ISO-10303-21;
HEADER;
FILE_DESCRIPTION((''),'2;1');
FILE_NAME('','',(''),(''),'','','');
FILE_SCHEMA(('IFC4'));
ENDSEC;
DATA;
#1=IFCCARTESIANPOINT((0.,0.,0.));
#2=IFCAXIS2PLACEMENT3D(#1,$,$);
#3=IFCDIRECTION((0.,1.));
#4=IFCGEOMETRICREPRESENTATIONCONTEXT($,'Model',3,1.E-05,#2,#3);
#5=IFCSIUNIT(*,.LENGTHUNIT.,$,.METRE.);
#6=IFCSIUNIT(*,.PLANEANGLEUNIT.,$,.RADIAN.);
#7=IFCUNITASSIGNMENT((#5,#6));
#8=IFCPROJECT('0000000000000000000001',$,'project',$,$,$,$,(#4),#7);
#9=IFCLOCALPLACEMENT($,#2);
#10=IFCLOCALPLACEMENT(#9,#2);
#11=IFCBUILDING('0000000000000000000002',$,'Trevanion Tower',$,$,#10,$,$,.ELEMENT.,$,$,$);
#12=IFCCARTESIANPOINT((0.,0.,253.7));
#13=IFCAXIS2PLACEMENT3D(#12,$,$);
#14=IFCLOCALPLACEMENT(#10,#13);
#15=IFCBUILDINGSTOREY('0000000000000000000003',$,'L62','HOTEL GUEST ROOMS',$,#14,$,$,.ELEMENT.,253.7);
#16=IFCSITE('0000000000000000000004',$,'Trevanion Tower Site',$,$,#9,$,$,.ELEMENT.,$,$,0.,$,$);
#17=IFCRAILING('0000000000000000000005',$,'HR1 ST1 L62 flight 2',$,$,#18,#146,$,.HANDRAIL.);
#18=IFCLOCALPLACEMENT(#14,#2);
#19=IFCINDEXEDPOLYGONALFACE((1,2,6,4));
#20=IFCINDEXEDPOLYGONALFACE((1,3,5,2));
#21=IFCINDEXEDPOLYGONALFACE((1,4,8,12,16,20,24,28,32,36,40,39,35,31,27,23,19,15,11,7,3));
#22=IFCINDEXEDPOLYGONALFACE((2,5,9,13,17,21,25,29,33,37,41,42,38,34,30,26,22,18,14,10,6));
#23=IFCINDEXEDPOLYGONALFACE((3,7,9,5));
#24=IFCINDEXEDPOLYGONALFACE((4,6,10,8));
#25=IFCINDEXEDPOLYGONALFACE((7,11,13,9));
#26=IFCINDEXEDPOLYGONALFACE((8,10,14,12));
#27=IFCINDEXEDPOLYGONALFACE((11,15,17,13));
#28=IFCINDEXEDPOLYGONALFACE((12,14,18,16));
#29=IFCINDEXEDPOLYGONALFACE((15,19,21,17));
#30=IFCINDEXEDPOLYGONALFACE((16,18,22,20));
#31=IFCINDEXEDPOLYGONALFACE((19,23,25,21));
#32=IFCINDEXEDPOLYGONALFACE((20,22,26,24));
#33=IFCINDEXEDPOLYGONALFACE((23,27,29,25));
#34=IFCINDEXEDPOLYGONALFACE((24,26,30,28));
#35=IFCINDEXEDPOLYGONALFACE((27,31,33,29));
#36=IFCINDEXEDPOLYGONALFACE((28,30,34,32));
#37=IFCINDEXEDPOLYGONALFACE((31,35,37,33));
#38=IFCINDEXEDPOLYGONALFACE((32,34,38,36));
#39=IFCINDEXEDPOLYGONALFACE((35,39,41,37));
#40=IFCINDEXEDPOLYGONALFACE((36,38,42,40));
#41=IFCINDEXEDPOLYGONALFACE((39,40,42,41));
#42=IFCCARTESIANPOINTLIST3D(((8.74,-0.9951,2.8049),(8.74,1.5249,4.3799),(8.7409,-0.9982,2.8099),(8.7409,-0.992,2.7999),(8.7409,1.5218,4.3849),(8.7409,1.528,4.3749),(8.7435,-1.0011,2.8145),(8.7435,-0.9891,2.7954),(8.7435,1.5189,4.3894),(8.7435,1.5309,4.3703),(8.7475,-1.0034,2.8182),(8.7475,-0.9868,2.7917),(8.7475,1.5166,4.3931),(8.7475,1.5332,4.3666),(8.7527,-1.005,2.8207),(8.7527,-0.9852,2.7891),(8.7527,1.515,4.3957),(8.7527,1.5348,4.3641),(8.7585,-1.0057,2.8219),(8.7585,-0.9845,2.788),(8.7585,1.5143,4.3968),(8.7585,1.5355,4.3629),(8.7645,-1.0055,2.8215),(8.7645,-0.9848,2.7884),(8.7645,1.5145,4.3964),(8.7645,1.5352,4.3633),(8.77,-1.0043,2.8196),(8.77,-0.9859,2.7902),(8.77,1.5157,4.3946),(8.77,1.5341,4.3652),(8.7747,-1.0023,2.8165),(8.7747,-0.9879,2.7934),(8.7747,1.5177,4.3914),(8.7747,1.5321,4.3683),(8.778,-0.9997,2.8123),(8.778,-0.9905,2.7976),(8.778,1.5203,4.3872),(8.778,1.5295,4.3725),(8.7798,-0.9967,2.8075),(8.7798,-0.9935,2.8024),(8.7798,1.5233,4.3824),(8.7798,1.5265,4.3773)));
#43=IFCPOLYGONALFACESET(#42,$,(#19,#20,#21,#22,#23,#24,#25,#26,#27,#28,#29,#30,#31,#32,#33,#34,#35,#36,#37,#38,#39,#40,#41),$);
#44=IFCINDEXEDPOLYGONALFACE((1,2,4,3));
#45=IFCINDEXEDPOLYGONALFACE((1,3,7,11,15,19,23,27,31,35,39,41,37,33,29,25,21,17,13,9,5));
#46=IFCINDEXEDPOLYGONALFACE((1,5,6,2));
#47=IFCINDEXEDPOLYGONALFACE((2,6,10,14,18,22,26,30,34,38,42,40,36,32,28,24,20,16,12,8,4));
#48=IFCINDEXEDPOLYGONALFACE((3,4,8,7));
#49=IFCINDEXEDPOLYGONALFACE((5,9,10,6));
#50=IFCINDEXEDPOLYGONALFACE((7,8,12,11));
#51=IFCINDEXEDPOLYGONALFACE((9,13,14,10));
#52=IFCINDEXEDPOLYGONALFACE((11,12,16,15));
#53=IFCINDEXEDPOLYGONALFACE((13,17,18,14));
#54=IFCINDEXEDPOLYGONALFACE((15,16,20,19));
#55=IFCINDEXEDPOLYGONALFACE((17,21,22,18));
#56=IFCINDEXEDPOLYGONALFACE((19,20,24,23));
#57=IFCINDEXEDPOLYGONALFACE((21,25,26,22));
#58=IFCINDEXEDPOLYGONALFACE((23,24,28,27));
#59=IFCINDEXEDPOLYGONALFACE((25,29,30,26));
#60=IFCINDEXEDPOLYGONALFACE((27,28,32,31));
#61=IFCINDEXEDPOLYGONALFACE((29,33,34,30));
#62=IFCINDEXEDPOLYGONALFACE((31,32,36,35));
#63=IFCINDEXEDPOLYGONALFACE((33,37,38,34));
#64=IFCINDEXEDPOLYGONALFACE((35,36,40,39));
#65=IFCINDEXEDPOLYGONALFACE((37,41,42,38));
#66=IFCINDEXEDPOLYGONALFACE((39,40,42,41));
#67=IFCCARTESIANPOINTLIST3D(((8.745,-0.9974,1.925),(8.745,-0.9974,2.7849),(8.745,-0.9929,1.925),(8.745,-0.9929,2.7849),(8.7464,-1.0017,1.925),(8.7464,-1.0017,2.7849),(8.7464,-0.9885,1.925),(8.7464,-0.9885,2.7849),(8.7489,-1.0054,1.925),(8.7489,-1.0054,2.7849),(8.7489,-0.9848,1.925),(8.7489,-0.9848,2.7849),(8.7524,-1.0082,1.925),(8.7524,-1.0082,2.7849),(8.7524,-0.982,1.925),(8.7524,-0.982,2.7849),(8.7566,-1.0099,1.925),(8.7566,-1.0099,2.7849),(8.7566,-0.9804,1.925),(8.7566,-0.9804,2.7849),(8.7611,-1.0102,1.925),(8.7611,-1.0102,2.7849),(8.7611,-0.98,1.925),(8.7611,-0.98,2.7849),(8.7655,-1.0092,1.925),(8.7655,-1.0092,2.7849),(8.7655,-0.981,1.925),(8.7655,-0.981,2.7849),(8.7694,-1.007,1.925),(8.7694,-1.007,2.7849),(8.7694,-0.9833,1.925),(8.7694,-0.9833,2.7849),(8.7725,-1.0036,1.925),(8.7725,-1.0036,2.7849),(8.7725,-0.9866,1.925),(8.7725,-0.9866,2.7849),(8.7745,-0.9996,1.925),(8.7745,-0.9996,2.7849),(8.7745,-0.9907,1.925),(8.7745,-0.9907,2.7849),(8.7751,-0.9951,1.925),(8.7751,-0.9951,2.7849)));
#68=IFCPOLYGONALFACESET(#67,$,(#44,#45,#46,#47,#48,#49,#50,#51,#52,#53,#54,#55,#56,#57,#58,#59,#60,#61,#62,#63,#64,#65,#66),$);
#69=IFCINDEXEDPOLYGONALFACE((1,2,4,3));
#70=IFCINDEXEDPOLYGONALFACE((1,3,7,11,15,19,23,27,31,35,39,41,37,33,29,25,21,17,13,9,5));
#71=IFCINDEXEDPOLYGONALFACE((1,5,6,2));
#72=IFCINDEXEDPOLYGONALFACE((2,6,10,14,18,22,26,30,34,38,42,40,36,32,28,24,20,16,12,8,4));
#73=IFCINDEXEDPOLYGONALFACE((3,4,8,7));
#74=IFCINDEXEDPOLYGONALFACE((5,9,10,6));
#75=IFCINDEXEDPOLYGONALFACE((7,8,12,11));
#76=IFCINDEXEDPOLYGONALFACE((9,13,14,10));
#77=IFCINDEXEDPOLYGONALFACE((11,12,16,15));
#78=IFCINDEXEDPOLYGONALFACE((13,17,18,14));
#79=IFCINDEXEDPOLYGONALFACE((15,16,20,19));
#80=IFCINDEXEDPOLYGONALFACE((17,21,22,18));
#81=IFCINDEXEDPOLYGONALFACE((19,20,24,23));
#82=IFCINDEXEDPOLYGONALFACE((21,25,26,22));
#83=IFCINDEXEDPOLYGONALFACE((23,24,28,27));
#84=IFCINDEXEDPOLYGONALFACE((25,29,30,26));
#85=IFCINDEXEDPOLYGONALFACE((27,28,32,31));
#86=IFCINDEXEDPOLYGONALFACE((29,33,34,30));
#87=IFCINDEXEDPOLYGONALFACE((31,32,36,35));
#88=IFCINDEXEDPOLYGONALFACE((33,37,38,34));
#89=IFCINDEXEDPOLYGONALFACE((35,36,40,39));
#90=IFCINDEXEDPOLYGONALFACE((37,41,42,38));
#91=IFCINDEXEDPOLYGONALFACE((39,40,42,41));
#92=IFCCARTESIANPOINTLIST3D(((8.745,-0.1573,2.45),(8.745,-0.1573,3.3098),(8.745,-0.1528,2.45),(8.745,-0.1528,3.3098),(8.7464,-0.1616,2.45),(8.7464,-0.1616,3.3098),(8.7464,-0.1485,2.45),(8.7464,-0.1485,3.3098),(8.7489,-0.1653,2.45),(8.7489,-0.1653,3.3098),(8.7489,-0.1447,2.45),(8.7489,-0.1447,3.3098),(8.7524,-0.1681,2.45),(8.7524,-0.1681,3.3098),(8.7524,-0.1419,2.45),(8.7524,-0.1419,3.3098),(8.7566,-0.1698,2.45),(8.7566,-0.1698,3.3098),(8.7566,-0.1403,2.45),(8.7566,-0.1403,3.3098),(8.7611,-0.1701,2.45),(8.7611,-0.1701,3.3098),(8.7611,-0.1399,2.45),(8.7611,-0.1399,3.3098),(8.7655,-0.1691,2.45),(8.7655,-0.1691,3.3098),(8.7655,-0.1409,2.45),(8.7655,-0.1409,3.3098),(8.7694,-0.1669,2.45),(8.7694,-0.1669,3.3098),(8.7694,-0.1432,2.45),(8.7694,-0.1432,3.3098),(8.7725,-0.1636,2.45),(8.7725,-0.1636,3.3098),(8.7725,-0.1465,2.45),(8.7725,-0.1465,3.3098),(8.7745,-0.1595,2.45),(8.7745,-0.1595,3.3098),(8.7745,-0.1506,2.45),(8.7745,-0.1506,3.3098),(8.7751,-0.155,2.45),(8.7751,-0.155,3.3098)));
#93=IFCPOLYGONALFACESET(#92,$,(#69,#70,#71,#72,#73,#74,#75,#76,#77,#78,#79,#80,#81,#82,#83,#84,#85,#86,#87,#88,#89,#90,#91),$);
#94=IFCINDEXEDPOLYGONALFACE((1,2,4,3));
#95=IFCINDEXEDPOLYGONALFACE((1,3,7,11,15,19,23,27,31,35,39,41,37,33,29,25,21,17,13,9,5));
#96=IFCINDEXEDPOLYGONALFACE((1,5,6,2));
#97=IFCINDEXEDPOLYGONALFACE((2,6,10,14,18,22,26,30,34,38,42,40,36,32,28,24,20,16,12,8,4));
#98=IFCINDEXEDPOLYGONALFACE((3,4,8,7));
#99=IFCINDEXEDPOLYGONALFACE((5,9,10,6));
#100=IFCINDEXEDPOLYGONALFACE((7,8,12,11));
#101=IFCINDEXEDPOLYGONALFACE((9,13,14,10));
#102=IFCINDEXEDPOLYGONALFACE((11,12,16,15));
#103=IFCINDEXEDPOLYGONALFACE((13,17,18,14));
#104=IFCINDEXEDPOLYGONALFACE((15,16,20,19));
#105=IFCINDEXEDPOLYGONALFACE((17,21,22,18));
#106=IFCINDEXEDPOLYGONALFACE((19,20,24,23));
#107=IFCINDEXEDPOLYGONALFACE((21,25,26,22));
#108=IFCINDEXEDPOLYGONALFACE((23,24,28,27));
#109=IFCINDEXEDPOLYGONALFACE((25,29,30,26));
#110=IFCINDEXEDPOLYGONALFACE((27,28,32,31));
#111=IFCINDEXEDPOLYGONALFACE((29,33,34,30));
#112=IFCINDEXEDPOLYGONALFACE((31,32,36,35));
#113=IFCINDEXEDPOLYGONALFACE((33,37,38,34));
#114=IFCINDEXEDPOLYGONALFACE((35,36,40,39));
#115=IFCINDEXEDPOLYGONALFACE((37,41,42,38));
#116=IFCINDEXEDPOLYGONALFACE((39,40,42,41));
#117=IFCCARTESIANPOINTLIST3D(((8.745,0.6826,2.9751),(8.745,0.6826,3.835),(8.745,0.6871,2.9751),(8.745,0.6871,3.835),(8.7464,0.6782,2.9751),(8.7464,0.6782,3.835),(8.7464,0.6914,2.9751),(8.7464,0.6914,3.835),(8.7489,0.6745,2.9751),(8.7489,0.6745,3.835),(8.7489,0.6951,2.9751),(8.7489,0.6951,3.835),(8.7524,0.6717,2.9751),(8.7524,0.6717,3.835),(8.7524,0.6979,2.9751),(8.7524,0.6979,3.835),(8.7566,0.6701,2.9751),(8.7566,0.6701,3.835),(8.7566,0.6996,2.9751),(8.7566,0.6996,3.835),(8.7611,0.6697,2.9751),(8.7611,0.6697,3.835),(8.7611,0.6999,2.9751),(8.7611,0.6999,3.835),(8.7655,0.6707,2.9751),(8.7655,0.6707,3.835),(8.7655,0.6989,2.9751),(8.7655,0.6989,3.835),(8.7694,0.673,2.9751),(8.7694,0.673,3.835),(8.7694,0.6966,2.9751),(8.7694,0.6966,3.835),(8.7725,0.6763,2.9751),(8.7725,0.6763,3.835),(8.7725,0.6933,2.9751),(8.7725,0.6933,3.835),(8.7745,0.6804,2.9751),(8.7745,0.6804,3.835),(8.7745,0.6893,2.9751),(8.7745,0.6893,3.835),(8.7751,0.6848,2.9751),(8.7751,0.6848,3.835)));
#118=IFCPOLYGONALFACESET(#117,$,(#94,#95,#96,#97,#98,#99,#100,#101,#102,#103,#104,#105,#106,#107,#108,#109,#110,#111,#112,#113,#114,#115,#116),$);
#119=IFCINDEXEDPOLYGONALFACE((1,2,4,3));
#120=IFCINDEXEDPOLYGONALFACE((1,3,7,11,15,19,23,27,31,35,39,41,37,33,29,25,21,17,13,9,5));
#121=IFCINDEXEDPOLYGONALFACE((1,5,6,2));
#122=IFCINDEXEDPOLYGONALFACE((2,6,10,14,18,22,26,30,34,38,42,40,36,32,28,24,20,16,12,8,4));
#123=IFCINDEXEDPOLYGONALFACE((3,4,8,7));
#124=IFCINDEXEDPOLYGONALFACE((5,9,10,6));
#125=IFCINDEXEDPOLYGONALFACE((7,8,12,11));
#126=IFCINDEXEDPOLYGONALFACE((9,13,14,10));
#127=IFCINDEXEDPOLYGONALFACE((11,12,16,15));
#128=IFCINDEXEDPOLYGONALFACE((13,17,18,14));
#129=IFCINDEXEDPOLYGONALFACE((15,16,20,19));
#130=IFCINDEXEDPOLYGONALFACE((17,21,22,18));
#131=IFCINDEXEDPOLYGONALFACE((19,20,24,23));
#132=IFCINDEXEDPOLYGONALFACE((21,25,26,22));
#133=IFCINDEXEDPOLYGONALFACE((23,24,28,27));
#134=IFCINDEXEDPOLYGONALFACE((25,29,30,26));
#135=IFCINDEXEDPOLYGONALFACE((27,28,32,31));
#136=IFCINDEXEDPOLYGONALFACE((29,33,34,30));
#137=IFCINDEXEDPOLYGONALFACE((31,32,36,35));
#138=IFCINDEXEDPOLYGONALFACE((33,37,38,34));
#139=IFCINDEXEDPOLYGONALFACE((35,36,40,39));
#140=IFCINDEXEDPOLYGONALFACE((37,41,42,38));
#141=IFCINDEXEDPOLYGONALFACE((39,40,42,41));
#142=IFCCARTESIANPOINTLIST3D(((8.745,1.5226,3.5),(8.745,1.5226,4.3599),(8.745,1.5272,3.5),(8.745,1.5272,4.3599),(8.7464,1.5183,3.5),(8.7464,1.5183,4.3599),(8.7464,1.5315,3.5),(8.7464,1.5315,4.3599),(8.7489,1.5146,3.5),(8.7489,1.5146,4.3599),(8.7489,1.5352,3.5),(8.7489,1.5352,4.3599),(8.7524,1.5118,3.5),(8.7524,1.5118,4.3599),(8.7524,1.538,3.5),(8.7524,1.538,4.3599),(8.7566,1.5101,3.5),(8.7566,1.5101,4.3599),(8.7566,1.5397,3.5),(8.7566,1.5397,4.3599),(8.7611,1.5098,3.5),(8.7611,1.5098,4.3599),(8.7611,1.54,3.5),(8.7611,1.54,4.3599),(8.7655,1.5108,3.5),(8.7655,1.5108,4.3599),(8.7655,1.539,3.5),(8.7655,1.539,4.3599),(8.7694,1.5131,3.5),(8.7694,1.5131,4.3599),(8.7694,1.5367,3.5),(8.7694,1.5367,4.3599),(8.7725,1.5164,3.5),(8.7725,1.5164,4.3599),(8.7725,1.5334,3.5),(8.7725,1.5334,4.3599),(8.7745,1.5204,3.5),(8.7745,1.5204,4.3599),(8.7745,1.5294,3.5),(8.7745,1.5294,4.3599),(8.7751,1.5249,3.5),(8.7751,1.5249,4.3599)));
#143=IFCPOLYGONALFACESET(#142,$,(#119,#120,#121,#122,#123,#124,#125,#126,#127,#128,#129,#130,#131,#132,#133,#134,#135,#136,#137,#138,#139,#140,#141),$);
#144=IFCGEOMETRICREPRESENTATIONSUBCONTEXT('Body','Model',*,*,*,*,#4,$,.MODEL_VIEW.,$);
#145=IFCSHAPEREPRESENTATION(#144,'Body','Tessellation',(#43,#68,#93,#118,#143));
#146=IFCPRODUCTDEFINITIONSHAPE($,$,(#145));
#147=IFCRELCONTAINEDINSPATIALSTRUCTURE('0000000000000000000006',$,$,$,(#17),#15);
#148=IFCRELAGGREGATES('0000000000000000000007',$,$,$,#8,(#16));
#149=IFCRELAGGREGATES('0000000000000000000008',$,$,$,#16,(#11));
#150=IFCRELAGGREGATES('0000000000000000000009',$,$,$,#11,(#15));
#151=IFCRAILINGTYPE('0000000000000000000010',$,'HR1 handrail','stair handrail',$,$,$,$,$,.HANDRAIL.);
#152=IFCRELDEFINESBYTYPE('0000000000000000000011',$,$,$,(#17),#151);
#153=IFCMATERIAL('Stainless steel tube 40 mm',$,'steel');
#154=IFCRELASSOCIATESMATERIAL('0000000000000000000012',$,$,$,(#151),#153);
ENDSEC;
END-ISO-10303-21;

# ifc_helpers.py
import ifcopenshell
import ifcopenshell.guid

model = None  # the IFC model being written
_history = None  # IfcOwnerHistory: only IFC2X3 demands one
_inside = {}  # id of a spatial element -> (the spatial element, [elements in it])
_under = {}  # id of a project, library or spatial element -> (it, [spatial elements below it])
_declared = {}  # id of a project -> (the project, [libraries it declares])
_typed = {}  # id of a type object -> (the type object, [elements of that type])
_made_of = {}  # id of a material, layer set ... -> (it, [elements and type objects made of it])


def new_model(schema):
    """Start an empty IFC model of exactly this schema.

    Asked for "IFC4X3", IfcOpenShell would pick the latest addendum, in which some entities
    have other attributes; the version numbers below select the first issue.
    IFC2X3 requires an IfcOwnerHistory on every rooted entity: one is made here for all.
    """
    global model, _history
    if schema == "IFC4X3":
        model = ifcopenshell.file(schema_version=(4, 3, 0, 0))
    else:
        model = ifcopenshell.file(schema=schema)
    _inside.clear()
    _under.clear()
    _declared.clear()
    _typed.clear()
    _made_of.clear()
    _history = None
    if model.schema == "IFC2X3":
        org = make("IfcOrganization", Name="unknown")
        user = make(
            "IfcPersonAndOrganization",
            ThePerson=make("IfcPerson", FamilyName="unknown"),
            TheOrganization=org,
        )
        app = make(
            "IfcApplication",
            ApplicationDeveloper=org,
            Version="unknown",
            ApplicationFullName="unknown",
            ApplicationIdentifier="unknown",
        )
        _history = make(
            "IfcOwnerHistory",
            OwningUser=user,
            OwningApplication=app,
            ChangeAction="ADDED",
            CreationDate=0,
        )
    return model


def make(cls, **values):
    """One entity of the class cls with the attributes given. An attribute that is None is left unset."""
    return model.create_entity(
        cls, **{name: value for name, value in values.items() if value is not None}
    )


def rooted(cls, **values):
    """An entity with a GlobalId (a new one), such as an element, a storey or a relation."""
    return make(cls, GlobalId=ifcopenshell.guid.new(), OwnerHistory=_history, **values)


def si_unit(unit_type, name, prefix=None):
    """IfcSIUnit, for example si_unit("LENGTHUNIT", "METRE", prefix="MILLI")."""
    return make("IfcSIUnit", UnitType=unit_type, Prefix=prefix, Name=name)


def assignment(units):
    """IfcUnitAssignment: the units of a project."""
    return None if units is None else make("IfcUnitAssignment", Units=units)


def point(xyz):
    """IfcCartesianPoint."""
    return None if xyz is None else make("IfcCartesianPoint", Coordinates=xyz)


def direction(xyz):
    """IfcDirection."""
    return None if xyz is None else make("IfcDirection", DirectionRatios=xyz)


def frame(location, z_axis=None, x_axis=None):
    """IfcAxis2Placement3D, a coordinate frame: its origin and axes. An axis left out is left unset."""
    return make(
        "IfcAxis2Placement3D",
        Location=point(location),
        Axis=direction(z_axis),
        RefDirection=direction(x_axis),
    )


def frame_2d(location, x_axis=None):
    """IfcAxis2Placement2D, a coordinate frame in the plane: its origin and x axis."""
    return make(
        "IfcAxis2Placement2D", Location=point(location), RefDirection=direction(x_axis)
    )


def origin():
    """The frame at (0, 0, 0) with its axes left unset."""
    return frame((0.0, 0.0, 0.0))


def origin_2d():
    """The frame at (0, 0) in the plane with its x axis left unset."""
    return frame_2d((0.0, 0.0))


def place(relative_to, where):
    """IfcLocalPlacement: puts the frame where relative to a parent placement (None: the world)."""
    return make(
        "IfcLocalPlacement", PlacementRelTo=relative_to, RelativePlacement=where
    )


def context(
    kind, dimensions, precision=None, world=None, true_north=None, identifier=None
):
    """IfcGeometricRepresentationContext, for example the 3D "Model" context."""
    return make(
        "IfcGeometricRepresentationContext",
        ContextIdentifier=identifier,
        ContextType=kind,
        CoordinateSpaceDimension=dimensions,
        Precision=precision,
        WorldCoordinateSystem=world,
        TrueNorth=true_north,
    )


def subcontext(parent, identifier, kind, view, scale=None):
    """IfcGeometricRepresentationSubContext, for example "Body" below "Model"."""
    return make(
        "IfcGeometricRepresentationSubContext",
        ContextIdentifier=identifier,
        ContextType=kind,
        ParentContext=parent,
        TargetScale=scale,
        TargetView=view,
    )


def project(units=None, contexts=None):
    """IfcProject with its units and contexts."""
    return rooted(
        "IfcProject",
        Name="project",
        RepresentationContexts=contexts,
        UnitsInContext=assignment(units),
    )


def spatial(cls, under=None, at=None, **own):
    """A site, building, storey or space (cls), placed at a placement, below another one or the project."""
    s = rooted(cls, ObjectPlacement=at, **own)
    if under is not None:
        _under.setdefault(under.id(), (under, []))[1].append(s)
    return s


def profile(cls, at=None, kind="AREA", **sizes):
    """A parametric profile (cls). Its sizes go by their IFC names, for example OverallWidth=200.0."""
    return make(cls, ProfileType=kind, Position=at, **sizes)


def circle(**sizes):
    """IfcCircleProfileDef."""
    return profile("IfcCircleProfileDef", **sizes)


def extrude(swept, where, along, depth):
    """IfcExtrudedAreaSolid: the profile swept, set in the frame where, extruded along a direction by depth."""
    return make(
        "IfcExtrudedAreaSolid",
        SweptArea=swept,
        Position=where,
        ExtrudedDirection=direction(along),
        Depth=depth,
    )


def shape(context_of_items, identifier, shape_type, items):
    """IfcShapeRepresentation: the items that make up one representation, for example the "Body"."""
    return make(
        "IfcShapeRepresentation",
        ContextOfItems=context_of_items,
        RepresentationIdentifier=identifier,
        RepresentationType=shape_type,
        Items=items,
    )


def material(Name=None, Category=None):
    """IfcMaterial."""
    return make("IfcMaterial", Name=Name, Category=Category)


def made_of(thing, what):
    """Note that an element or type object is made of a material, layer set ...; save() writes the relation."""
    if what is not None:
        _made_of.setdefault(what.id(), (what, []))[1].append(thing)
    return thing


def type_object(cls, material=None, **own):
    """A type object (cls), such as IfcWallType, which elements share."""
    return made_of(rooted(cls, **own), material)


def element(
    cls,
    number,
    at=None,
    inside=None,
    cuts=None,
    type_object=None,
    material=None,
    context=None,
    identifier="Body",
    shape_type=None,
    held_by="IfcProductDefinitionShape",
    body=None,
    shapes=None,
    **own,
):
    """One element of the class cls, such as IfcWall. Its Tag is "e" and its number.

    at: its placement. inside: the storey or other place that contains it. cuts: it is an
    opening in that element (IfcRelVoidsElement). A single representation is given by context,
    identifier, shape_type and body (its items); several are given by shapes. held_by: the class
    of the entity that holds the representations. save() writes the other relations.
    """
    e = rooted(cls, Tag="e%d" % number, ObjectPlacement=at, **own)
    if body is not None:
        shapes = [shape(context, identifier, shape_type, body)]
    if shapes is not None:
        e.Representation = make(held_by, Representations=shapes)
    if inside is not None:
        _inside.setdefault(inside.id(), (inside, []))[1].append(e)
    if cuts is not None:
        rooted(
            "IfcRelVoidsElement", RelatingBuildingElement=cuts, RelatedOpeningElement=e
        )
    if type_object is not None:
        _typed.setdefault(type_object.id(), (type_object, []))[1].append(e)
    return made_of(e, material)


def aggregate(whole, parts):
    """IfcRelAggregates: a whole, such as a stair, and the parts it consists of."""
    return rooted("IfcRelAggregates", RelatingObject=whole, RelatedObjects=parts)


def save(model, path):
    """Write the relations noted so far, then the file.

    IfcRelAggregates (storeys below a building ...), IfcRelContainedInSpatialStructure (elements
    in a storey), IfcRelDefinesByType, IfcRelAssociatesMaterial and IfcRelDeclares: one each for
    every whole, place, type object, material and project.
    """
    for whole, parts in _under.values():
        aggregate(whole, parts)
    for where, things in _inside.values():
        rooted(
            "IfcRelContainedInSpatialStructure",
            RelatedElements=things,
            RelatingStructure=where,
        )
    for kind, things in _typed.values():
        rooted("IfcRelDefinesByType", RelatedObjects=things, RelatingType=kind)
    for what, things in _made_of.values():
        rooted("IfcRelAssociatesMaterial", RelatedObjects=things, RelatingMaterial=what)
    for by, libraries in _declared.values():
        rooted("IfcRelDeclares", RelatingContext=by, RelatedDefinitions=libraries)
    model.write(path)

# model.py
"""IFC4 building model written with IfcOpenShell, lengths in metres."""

from ifc_helpers import new_model, si_unit, direction, frame, origin, origin_2d, place, context, subcontext, project, spatial, circle, extrude, material, type_object, element, save


model = new_model("IFC4")

# Units and contexts
model_context = context("Model", 3, precision=1e-05, world=origin(), true_north=direction((0.0, 1.0)))
body_context = subcontext(model_context, "Body", "Model", "MODEL_VIEW")
ifc_project = project(units=[si_unit("LENGTHUNIT", "METRE"), si_unit("PLANEANGLEUNIT", "RADIAN")], contexts=[model_context])

# Site, building, storey
site_placement = place(None, origin())
site = spatial("IfcSite", under=ifc_project, at=site_placement, Name="Trevanion Tower Site", CompositionType="ELEMENT", RefElevation=0.0)
building_placement = place(site_placement, origin())
building = spatial("IfcBuilding", under=site, at=building_placement, Name="Trevanion Tower", CompositionType="ELEMENT")
storey_placement = place(building_placement, frame((0.0, 0.0, 253.7)))
storey = spatial("IfcBuildingStorey", under=building, at=storey_placement, Name="L62", Description="HOTEL GUEST ROOMS", CompositionType="ELEMENT", Elevation=253.7)

# Railing
ifc_material_1 = material(Name="Stainless steel tube 40 mm", Category="steel")
railing_type = type_object("IfcRailingType", Name="HR1 handrail", Description="stair handrail", PredefinedType="HANDRAIL", material=ifc_material_1)
for number, where, name in (
    (1, (8.76, -0.9951, 1.925), "HR1 ST1 L62 flight 2"),
):
    element("IfcRailing", number, at=place(storey_placement, frame(where)), inside=storey, type_object=railing_type, Name=name, PredefinedType="HANDRAIL", context=body_context, shape_type="SweptSolid", body=[
        extrude(circle(Radius=0.02, at=origin_2d()), frame((0.0, 0.0, 0.8799), z_axis=(0.0, 0.848008, 0.529984), x_axis=(-1.0, 0.0, 0.0)), (0.0, 0.0, 1.0), 2.9717),
        extrude(circle(Radius=0.0151, at=origin_2d()), origin(), (0.0, 0.0, 1.0), 0.8599),
        extrude(circle(Radius=0.0151, at=origin_2d()), frame((0.0, 0.8401, 0.5249)), (0.0, 0.0, 1.0), 0.8599),
        extrude(circle(Radius=0.0151, at=origin_2d()), frame((0.0, 1.6799, 1.05)), (0.0, 0.0, 1.0), 0.8599),
        extrude(circle(Radius=0.0151, at=origin_2d()), frame((0.0, 2.52, 1.575)), (0.0, 0.0, 1.0), 0.8599),
    ])

save(model, "model.ifc")
